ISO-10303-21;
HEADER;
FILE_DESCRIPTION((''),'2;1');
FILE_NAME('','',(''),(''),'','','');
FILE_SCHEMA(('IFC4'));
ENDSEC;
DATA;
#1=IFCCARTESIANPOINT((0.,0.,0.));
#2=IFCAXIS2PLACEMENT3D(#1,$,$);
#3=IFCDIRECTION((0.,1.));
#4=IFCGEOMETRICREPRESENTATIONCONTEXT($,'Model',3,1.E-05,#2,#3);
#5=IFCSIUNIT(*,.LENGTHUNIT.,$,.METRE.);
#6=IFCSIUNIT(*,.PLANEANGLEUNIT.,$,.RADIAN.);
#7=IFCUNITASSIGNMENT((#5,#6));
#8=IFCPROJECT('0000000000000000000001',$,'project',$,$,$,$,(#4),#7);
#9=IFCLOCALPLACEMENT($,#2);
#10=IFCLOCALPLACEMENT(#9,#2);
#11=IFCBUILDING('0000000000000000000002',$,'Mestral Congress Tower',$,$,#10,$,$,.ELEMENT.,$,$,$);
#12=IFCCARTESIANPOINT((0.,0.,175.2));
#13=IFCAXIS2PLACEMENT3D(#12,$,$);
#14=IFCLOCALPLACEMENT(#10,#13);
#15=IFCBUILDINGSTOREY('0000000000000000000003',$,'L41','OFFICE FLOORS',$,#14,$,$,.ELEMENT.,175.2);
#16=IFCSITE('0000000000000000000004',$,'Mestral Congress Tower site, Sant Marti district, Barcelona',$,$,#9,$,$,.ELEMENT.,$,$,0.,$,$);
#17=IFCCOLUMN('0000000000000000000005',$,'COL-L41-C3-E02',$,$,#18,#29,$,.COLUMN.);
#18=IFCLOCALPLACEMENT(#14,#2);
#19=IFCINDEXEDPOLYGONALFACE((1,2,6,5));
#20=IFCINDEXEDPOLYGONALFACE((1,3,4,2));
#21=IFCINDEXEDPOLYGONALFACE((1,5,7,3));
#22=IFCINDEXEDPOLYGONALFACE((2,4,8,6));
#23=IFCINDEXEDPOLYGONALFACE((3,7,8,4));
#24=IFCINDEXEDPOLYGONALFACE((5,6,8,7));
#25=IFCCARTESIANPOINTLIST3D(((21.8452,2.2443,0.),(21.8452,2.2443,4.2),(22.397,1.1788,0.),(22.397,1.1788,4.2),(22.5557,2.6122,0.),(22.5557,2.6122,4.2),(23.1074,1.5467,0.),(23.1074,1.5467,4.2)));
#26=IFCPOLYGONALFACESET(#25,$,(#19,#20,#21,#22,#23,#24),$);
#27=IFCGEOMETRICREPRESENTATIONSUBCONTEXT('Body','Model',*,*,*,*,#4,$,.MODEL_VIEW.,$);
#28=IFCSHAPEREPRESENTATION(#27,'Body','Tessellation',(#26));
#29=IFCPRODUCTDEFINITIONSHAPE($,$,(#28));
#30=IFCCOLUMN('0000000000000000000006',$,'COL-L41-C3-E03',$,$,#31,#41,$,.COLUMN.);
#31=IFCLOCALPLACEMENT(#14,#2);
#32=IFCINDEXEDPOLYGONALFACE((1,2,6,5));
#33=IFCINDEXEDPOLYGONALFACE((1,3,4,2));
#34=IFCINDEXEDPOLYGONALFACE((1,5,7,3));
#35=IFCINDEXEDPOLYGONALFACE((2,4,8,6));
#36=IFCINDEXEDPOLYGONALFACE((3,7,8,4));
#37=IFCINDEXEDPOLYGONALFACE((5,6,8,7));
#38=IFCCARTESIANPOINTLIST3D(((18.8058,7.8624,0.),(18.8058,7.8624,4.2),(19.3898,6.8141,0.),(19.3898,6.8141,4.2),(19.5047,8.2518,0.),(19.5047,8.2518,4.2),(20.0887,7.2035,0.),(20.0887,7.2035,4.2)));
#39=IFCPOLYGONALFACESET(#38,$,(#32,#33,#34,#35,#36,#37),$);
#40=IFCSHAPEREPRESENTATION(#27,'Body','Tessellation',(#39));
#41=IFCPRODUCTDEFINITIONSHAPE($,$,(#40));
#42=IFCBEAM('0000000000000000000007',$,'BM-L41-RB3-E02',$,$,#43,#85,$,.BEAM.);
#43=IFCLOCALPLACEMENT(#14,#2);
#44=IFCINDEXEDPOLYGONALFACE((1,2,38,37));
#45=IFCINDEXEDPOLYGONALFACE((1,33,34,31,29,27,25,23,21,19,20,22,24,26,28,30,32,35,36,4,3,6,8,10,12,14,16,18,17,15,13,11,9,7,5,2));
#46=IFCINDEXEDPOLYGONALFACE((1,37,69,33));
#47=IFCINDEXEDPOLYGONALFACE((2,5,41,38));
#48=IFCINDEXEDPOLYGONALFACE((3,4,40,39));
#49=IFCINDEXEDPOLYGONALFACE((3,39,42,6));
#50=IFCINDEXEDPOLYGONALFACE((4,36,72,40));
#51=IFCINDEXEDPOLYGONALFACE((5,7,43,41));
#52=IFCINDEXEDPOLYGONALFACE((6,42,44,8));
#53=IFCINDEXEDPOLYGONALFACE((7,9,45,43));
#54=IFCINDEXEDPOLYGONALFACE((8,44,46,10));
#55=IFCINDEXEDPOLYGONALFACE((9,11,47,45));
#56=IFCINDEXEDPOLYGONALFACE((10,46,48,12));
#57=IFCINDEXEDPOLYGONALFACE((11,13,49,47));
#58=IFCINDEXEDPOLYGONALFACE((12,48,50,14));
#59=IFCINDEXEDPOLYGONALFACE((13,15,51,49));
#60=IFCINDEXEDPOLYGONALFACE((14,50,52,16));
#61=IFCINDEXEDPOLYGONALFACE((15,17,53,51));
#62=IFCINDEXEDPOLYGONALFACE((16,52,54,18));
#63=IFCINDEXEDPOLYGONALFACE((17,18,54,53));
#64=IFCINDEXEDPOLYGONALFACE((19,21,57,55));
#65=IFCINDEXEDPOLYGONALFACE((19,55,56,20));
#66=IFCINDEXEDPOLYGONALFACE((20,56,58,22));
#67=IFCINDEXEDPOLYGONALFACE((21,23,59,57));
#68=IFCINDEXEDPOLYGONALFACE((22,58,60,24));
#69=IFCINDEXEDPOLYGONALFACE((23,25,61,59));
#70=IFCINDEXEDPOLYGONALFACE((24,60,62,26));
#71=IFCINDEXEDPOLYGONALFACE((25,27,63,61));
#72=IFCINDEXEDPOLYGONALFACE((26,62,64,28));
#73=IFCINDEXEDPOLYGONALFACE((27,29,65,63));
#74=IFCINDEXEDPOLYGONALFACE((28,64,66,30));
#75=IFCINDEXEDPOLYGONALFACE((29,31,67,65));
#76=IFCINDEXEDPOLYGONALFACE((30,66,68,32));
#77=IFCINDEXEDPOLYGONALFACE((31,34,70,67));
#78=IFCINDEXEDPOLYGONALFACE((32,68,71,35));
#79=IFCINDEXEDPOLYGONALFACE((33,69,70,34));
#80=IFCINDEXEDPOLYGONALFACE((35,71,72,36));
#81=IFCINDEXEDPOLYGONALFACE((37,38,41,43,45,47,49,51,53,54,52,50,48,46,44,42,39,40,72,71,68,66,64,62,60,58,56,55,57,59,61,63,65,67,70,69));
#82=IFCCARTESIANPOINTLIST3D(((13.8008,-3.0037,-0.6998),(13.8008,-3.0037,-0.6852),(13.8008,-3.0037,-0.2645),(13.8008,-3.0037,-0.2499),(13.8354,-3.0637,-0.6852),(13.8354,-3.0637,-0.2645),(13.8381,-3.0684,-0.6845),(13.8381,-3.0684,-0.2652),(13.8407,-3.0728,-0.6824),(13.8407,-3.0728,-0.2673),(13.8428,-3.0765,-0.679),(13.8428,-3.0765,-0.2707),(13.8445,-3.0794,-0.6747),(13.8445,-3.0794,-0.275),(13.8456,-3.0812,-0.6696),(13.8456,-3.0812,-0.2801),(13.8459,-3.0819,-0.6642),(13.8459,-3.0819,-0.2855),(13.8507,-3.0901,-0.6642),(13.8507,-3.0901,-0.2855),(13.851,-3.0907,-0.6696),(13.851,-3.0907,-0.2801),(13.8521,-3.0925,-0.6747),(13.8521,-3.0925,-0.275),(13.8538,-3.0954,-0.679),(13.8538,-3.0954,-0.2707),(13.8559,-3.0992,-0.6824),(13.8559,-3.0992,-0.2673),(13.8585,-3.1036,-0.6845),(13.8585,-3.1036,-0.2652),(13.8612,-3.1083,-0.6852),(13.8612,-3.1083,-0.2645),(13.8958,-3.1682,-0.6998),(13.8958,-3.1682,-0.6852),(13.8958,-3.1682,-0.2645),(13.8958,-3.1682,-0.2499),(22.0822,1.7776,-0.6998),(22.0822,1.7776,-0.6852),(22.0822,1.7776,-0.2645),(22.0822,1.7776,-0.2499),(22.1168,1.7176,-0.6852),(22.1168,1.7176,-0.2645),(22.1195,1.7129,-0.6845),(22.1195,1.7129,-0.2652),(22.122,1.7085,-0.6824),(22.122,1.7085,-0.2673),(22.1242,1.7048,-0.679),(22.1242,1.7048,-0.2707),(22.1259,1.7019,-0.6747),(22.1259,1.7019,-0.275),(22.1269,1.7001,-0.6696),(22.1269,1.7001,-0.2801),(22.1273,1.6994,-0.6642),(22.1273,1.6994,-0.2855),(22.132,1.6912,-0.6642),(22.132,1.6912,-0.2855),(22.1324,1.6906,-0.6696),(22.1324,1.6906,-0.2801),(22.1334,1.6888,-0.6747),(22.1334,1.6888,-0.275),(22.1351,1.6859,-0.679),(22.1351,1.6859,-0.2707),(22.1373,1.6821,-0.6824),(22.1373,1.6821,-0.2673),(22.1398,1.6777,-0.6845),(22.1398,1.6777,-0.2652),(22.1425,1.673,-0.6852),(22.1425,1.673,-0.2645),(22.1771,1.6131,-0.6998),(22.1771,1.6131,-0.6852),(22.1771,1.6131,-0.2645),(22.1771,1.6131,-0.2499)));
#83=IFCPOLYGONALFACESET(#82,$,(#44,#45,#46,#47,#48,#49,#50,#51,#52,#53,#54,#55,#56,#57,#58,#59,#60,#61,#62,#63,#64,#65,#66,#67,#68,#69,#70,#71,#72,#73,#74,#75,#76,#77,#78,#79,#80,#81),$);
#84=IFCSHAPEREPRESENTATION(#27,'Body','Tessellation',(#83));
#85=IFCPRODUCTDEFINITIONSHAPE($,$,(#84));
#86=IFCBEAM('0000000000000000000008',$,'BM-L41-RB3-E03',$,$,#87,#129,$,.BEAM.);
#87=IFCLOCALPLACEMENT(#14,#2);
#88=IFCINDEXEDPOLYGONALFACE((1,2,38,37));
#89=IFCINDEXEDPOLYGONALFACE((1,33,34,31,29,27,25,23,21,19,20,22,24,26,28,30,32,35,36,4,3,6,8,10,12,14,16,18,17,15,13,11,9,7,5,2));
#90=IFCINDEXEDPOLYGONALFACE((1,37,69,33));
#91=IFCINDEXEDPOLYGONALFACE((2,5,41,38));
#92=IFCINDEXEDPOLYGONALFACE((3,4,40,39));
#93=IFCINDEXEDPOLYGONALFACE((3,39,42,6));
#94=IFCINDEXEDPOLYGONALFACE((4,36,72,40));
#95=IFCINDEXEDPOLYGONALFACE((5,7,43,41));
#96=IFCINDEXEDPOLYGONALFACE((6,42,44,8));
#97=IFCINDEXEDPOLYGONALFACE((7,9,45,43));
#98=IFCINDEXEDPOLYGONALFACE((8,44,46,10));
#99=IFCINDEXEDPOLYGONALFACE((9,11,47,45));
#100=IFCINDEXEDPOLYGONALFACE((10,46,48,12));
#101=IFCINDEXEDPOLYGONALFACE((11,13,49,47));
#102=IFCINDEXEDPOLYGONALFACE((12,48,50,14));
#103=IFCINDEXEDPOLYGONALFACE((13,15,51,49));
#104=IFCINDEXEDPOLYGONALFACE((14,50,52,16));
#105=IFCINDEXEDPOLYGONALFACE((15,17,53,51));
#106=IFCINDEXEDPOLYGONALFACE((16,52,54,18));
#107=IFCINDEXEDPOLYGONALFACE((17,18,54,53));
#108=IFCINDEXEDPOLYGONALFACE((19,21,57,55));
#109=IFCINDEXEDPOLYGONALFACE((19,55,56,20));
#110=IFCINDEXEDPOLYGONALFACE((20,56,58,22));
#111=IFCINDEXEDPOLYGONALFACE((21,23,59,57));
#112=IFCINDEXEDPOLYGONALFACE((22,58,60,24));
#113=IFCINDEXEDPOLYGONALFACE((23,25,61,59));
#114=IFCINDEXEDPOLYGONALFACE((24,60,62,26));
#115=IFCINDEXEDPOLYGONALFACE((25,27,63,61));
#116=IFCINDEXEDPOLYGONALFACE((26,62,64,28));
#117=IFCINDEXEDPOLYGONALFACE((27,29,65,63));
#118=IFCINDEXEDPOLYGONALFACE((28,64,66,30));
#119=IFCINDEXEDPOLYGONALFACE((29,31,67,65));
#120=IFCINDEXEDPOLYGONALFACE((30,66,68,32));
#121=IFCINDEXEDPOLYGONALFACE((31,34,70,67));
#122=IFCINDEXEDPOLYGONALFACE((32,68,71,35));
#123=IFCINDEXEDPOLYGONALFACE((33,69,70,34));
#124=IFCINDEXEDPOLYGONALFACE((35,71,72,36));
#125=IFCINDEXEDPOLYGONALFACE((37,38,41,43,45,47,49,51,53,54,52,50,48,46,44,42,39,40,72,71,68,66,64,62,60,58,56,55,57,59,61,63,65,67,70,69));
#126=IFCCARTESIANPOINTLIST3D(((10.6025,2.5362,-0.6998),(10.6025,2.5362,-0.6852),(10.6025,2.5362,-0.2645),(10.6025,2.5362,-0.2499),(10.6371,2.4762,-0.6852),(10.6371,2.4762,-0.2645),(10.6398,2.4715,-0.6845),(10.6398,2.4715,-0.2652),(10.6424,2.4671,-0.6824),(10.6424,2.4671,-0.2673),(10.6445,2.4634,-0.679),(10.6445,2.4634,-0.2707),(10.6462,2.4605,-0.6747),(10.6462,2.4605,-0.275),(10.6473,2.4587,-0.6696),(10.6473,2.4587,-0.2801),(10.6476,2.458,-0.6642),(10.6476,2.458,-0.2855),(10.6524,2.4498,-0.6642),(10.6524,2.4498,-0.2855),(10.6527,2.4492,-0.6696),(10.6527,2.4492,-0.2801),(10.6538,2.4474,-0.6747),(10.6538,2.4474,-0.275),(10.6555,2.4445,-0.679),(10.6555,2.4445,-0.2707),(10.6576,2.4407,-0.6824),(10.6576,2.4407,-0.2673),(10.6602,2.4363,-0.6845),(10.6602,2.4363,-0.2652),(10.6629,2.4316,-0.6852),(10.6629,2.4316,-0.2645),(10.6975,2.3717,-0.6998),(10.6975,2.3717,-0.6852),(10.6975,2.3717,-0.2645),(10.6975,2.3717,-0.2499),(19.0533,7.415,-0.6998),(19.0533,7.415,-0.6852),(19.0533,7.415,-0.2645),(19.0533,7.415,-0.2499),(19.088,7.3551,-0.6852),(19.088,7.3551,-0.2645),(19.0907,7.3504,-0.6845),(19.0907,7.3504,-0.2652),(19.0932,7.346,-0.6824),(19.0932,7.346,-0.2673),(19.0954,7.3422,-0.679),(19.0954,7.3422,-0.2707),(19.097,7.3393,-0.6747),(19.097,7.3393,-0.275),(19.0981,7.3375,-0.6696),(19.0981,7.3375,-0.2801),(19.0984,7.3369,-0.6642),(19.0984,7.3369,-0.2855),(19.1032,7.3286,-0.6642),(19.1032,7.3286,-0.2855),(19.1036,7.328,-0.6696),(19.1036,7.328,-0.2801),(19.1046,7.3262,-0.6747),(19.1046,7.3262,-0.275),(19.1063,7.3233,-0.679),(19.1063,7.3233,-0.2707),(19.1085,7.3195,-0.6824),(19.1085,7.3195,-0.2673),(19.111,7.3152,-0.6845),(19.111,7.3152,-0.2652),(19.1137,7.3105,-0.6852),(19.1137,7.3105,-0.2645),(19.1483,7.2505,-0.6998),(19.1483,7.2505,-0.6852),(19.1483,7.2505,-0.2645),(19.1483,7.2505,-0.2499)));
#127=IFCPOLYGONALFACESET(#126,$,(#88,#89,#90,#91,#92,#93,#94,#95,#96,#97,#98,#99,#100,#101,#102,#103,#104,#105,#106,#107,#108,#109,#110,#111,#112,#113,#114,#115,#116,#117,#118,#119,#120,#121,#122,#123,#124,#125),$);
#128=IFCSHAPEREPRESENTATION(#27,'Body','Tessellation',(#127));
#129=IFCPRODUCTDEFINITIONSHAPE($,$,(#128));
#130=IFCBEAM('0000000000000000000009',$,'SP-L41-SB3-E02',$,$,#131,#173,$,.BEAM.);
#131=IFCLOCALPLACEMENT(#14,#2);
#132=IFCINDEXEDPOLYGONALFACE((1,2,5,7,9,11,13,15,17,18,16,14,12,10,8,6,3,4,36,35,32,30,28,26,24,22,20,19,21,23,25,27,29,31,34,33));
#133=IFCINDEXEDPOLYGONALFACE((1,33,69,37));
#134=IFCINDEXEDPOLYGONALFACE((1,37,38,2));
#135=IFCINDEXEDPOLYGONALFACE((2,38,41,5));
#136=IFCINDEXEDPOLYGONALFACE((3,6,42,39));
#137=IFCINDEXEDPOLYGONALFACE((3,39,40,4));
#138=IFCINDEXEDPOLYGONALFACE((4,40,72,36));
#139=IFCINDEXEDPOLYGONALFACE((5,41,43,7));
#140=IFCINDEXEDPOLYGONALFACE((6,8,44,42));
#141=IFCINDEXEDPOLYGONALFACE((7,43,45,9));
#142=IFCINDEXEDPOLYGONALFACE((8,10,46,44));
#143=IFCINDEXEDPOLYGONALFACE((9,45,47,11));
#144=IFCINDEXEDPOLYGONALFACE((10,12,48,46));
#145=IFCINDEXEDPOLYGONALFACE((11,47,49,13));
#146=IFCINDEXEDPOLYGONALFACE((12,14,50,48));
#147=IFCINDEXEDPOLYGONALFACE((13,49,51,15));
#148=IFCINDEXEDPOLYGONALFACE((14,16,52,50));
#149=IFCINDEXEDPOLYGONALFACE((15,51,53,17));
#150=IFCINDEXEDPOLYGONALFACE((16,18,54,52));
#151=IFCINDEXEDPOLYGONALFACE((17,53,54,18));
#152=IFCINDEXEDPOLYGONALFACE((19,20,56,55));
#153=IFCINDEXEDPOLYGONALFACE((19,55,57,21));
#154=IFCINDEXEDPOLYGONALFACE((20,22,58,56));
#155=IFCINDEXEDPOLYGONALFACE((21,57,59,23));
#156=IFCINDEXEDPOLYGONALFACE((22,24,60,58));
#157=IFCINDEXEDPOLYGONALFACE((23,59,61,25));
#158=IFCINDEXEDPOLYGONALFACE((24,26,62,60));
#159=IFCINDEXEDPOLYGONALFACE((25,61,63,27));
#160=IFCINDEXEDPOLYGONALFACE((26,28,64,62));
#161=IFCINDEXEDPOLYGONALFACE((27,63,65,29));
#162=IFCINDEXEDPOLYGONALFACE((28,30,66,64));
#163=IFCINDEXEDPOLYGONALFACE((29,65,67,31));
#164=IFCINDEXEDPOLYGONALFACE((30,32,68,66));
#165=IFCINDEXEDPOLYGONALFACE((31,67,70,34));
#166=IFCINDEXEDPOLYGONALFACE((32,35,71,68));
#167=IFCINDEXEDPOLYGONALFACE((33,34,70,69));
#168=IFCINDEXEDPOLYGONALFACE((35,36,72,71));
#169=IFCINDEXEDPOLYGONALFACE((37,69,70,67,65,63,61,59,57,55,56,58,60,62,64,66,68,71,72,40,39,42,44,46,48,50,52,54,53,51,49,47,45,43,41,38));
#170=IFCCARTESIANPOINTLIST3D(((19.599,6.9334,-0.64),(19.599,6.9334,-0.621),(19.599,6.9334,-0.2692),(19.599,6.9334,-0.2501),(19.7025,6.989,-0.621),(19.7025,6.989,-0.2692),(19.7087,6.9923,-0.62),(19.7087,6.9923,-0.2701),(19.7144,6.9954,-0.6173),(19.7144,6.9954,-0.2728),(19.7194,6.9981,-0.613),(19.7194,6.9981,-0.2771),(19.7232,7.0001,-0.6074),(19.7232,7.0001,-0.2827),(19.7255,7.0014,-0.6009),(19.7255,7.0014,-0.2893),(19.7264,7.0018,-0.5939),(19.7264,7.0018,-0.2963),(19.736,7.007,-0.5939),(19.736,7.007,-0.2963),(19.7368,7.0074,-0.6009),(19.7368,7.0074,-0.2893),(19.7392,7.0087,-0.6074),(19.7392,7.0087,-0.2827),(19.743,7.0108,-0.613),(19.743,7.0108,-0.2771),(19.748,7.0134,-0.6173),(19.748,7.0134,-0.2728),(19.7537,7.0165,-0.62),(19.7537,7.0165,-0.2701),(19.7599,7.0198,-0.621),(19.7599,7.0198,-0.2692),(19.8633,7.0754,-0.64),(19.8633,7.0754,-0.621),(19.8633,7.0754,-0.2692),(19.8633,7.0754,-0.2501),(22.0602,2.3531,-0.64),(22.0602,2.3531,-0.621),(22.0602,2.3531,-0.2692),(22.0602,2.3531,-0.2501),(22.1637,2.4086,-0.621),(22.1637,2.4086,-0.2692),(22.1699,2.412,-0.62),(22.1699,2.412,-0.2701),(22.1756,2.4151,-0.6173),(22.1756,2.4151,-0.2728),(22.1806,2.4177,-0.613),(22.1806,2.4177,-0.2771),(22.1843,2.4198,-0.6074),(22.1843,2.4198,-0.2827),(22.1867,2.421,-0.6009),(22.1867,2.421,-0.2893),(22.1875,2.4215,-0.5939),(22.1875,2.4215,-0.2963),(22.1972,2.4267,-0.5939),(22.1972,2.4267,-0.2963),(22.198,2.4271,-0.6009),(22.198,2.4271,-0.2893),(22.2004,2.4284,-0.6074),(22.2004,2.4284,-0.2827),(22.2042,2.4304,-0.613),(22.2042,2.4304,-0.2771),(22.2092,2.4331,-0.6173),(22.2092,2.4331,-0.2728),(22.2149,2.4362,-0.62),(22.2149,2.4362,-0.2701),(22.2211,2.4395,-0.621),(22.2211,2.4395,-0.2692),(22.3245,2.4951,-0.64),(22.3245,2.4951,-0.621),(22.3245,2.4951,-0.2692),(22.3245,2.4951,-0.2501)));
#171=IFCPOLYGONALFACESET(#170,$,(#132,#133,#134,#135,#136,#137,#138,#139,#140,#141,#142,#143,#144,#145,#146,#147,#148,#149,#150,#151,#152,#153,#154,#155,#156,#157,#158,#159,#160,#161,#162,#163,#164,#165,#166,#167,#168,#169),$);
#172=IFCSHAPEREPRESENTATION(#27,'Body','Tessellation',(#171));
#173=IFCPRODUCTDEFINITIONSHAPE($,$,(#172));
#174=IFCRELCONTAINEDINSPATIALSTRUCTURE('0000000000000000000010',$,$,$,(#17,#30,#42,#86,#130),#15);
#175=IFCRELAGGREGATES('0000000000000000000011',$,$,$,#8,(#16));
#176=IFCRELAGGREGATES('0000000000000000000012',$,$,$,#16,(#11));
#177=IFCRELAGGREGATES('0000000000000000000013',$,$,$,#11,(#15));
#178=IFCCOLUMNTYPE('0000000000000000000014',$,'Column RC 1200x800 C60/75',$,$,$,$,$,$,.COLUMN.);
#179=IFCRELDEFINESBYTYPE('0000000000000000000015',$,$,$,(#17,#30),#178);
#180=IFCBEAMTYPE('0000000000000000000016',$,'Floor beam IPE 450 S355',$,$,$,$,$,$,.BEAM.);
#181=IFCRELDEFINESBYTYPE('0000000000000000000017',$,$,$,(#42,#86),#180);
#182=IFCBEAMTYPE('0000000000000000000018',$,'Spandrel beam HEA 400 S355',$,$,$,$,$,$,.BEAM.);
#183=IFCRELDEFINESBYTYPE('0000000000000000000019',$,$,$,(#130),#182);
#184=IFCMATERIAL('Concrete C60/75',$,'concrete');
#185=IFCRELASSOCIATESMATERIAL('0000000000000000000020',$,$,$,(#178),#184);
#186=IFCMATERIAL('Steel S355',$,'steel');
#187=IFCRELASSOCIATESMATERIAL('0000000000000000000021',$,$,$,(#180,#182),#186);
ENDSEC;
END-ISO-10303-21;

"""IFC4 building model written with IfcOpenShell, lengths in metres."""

from ifc_helpers import new_model, si_unit, direction, frame, origin, origin_2d, place, context, subcontext, project, spatial, rectangle, i_section, extrude, material, material_profile, profile_set, type_object, element, save


model = new_model("IFC4")

# Units and contexts
model_context = context("Model", 3, precision=1e-05, world=origin(), true_north=direction((0.0, 1.0)))
body_context = subcontext(model_context, "Body", "Model", "MODEL_VIEW")
ifc_project = project(units=[si_unit("LENGTHUNIT", "METRE"), si_unit("PLANEANGLEUNIT", "RADIAN")], contexts=[model_context])

# Site, building, storey
site_placement = place(None, origin())
site = spatial("IfcSite", under=ifc_project, at=site_placement, Name="Mestral Congress Tower site, Sant Marti district, Barcelona", CompositionType="ELEMENT", RefElevation=0.0)
building_placement = place(site_placement, origin())
building = spatial("IfcBuilding", under=site, at=building_placement, Name="Mestral Congress Tower", CompositionType="ELEMENT")
storey_placement = place(building_placement, frame((0.0, 0.0, 175.2)))
storey = spatial("IfcBuildingStorey", under=building, at=storey_placement, Name="L41", Description="OFFICE FLOORS", CompositionType="ELEMENT", Elevation=175.2)

# Columns
ifc_material_1 = material(Name="Concrete C60/75", Category="concrete")
ifc_material_profile_1 = material_profile(ifc_material_1, rectangle(XDim=1.2, YDim=0.8, at=origin_2d()), Name="RC 1200x800")
ifc_profile_set_1 = profile_set([ifc_material_profile_1], Name="Concrete C60/75")
column_type = type_object("IfcColumnType", Name="Column RC 1200x800 C60/75", PredefinedType="COLUMN", material=ifc_profile_set_1)
for number, where, z_axis, x_axis, name in (
    (1, (22.4763, 1.8955, 0.0), (0.0, 0.0, 1.0), (-0.459837, 0.888003, 0.0), "COL-L41-C3-E02"),
    (2, (19.4473, 7.533, 0.0), (0.0, 0.0, 1.0), (-0.486724, 0.873556, 0.0), "COL-L41-C3-E03"),
):
    element("IfcColumn", number, at=place(storey_placement, frame(where, z_axis=z_axis, x_axis=x_axis)), inside=storey, type_object=column_type, Name=name, PredefinedType="COLUMN", context=body_context, shape_type="SweptSolid", body=[
        extrude(rectangle(XDim=1.2, YDim=0.8, at=origin_2d()), origin(), (0.0, 0.0, 1.0), 4.2),
    ])

# Beams
ifc_material_2 = material(Name="Steel S355", Category="steel")
ifc_material_profile_2 = material_profile(ifc_material_2, i_section(OverallWidth=0.1899, OverallDepth=0.45, WebThickness=0.0095, FlangeThickness=0.0146, FilletRadius=0.021, at=origin_2d()), Name="IPE 450")
ifc_profile_set_2 = profile_set([ifc_material_profile_2], Name="Steel S355")
beam_type_1 = type_object("IfcBeamType", Name="Floor beam IPE 450 S355", PredefinedType="BEAM", material=ifc_profile_set_2)
beam_1_placement = place(storey_placement, frame((22.1296, 1.6953, -0.4749), z_axis=(-0.866022, -0.500005, 0.0), x_axis=(0.500005, -0.866022, 0.0)))
element("IfcBeam", 3, at=beam_1_placement, inside=storey, type_object=beam_type_1, Name="BM-L41-RB3-E02", PredefinedType="BEAM", context=body_context, shape_type="SweptSolid", body=[
    extrude(i_section(OverallWidth=0.1899, OverallDepth=0.45, WebThickness=0.0095, FlangeThickness=0.0146, FilletRadius=0.021, at=origin_2d()), origin(), (0.0, 0.0, 1.0), 9.5625),
])
beam_2_placement = place(storey_placement, frame((19.1008, 7.3328, -0.4749), z_axis=(-0.866036, -0.499982, 0.0), x_axis=(0.499982, -0.866036, 0.0)))
element("IfcBeam", 4, at=beam_2_placement, inside=storey, type_object=beam_type_1, Name="BM-L41-RB3-E03", PredefinedType="BEAM", context=body_context, shape_type="SweptSolid", body=[
    extrude(i_section(OverallWidth=0.1899, OverallDepth=0.45, WebThickness=0.0095, FlangeThickness=0.0146, FilletRadius=0.021, at=origin_2d()), origin(), (0.0, 0.0, 1.0), 9.7581),
])
ifc_material_profile_3 = material_profile(ifc_material_2, i_section(OverallWidth=0.3, OverallDepth=0.3899, WebThickness=0.011, FlangeThickness=0.019, FilletRadius=0.0271, at=origin_2d()), Name="HEA 400")
ifc_profile_set_3 = profile_set([ifc_material_profile_3], Name="Steel S355")
beam_type_2 = type_object("IfcBeamType", Name="Spandrel beam HEA 400 S355", PredefinedType="BEAM", material=ifc_profile_set_3)
for number, where, z_axis, x_axis, name in (
    (5, (22.1924, 2.4241, -0.4451), (-0.473332, 0.880884, 0.0), (-0.880884, -0.473332, 0.0), "SP-L41-SB3-E02"),
):
    element("IfcBeam", number, at=place(storey_placement, frame(where, z_axis=z_axis, x_axis=x_axis)), inside=storey, type_object=beam_type_2, Name=name, PredefinedType="BEAM", context=body_context, shape_type="SweptSolid", body=[
        extrude(i_section(OverallWidth=0.3, OverallDepth=0.3899, WebThickness=0.011, FlangeThickness=0.019, FilletRadius=0.0271, at=origin_2d()), origin(), (0.0, 0.0, 1.0), 5.1997),
    ])

save(model, "model.ifc")
